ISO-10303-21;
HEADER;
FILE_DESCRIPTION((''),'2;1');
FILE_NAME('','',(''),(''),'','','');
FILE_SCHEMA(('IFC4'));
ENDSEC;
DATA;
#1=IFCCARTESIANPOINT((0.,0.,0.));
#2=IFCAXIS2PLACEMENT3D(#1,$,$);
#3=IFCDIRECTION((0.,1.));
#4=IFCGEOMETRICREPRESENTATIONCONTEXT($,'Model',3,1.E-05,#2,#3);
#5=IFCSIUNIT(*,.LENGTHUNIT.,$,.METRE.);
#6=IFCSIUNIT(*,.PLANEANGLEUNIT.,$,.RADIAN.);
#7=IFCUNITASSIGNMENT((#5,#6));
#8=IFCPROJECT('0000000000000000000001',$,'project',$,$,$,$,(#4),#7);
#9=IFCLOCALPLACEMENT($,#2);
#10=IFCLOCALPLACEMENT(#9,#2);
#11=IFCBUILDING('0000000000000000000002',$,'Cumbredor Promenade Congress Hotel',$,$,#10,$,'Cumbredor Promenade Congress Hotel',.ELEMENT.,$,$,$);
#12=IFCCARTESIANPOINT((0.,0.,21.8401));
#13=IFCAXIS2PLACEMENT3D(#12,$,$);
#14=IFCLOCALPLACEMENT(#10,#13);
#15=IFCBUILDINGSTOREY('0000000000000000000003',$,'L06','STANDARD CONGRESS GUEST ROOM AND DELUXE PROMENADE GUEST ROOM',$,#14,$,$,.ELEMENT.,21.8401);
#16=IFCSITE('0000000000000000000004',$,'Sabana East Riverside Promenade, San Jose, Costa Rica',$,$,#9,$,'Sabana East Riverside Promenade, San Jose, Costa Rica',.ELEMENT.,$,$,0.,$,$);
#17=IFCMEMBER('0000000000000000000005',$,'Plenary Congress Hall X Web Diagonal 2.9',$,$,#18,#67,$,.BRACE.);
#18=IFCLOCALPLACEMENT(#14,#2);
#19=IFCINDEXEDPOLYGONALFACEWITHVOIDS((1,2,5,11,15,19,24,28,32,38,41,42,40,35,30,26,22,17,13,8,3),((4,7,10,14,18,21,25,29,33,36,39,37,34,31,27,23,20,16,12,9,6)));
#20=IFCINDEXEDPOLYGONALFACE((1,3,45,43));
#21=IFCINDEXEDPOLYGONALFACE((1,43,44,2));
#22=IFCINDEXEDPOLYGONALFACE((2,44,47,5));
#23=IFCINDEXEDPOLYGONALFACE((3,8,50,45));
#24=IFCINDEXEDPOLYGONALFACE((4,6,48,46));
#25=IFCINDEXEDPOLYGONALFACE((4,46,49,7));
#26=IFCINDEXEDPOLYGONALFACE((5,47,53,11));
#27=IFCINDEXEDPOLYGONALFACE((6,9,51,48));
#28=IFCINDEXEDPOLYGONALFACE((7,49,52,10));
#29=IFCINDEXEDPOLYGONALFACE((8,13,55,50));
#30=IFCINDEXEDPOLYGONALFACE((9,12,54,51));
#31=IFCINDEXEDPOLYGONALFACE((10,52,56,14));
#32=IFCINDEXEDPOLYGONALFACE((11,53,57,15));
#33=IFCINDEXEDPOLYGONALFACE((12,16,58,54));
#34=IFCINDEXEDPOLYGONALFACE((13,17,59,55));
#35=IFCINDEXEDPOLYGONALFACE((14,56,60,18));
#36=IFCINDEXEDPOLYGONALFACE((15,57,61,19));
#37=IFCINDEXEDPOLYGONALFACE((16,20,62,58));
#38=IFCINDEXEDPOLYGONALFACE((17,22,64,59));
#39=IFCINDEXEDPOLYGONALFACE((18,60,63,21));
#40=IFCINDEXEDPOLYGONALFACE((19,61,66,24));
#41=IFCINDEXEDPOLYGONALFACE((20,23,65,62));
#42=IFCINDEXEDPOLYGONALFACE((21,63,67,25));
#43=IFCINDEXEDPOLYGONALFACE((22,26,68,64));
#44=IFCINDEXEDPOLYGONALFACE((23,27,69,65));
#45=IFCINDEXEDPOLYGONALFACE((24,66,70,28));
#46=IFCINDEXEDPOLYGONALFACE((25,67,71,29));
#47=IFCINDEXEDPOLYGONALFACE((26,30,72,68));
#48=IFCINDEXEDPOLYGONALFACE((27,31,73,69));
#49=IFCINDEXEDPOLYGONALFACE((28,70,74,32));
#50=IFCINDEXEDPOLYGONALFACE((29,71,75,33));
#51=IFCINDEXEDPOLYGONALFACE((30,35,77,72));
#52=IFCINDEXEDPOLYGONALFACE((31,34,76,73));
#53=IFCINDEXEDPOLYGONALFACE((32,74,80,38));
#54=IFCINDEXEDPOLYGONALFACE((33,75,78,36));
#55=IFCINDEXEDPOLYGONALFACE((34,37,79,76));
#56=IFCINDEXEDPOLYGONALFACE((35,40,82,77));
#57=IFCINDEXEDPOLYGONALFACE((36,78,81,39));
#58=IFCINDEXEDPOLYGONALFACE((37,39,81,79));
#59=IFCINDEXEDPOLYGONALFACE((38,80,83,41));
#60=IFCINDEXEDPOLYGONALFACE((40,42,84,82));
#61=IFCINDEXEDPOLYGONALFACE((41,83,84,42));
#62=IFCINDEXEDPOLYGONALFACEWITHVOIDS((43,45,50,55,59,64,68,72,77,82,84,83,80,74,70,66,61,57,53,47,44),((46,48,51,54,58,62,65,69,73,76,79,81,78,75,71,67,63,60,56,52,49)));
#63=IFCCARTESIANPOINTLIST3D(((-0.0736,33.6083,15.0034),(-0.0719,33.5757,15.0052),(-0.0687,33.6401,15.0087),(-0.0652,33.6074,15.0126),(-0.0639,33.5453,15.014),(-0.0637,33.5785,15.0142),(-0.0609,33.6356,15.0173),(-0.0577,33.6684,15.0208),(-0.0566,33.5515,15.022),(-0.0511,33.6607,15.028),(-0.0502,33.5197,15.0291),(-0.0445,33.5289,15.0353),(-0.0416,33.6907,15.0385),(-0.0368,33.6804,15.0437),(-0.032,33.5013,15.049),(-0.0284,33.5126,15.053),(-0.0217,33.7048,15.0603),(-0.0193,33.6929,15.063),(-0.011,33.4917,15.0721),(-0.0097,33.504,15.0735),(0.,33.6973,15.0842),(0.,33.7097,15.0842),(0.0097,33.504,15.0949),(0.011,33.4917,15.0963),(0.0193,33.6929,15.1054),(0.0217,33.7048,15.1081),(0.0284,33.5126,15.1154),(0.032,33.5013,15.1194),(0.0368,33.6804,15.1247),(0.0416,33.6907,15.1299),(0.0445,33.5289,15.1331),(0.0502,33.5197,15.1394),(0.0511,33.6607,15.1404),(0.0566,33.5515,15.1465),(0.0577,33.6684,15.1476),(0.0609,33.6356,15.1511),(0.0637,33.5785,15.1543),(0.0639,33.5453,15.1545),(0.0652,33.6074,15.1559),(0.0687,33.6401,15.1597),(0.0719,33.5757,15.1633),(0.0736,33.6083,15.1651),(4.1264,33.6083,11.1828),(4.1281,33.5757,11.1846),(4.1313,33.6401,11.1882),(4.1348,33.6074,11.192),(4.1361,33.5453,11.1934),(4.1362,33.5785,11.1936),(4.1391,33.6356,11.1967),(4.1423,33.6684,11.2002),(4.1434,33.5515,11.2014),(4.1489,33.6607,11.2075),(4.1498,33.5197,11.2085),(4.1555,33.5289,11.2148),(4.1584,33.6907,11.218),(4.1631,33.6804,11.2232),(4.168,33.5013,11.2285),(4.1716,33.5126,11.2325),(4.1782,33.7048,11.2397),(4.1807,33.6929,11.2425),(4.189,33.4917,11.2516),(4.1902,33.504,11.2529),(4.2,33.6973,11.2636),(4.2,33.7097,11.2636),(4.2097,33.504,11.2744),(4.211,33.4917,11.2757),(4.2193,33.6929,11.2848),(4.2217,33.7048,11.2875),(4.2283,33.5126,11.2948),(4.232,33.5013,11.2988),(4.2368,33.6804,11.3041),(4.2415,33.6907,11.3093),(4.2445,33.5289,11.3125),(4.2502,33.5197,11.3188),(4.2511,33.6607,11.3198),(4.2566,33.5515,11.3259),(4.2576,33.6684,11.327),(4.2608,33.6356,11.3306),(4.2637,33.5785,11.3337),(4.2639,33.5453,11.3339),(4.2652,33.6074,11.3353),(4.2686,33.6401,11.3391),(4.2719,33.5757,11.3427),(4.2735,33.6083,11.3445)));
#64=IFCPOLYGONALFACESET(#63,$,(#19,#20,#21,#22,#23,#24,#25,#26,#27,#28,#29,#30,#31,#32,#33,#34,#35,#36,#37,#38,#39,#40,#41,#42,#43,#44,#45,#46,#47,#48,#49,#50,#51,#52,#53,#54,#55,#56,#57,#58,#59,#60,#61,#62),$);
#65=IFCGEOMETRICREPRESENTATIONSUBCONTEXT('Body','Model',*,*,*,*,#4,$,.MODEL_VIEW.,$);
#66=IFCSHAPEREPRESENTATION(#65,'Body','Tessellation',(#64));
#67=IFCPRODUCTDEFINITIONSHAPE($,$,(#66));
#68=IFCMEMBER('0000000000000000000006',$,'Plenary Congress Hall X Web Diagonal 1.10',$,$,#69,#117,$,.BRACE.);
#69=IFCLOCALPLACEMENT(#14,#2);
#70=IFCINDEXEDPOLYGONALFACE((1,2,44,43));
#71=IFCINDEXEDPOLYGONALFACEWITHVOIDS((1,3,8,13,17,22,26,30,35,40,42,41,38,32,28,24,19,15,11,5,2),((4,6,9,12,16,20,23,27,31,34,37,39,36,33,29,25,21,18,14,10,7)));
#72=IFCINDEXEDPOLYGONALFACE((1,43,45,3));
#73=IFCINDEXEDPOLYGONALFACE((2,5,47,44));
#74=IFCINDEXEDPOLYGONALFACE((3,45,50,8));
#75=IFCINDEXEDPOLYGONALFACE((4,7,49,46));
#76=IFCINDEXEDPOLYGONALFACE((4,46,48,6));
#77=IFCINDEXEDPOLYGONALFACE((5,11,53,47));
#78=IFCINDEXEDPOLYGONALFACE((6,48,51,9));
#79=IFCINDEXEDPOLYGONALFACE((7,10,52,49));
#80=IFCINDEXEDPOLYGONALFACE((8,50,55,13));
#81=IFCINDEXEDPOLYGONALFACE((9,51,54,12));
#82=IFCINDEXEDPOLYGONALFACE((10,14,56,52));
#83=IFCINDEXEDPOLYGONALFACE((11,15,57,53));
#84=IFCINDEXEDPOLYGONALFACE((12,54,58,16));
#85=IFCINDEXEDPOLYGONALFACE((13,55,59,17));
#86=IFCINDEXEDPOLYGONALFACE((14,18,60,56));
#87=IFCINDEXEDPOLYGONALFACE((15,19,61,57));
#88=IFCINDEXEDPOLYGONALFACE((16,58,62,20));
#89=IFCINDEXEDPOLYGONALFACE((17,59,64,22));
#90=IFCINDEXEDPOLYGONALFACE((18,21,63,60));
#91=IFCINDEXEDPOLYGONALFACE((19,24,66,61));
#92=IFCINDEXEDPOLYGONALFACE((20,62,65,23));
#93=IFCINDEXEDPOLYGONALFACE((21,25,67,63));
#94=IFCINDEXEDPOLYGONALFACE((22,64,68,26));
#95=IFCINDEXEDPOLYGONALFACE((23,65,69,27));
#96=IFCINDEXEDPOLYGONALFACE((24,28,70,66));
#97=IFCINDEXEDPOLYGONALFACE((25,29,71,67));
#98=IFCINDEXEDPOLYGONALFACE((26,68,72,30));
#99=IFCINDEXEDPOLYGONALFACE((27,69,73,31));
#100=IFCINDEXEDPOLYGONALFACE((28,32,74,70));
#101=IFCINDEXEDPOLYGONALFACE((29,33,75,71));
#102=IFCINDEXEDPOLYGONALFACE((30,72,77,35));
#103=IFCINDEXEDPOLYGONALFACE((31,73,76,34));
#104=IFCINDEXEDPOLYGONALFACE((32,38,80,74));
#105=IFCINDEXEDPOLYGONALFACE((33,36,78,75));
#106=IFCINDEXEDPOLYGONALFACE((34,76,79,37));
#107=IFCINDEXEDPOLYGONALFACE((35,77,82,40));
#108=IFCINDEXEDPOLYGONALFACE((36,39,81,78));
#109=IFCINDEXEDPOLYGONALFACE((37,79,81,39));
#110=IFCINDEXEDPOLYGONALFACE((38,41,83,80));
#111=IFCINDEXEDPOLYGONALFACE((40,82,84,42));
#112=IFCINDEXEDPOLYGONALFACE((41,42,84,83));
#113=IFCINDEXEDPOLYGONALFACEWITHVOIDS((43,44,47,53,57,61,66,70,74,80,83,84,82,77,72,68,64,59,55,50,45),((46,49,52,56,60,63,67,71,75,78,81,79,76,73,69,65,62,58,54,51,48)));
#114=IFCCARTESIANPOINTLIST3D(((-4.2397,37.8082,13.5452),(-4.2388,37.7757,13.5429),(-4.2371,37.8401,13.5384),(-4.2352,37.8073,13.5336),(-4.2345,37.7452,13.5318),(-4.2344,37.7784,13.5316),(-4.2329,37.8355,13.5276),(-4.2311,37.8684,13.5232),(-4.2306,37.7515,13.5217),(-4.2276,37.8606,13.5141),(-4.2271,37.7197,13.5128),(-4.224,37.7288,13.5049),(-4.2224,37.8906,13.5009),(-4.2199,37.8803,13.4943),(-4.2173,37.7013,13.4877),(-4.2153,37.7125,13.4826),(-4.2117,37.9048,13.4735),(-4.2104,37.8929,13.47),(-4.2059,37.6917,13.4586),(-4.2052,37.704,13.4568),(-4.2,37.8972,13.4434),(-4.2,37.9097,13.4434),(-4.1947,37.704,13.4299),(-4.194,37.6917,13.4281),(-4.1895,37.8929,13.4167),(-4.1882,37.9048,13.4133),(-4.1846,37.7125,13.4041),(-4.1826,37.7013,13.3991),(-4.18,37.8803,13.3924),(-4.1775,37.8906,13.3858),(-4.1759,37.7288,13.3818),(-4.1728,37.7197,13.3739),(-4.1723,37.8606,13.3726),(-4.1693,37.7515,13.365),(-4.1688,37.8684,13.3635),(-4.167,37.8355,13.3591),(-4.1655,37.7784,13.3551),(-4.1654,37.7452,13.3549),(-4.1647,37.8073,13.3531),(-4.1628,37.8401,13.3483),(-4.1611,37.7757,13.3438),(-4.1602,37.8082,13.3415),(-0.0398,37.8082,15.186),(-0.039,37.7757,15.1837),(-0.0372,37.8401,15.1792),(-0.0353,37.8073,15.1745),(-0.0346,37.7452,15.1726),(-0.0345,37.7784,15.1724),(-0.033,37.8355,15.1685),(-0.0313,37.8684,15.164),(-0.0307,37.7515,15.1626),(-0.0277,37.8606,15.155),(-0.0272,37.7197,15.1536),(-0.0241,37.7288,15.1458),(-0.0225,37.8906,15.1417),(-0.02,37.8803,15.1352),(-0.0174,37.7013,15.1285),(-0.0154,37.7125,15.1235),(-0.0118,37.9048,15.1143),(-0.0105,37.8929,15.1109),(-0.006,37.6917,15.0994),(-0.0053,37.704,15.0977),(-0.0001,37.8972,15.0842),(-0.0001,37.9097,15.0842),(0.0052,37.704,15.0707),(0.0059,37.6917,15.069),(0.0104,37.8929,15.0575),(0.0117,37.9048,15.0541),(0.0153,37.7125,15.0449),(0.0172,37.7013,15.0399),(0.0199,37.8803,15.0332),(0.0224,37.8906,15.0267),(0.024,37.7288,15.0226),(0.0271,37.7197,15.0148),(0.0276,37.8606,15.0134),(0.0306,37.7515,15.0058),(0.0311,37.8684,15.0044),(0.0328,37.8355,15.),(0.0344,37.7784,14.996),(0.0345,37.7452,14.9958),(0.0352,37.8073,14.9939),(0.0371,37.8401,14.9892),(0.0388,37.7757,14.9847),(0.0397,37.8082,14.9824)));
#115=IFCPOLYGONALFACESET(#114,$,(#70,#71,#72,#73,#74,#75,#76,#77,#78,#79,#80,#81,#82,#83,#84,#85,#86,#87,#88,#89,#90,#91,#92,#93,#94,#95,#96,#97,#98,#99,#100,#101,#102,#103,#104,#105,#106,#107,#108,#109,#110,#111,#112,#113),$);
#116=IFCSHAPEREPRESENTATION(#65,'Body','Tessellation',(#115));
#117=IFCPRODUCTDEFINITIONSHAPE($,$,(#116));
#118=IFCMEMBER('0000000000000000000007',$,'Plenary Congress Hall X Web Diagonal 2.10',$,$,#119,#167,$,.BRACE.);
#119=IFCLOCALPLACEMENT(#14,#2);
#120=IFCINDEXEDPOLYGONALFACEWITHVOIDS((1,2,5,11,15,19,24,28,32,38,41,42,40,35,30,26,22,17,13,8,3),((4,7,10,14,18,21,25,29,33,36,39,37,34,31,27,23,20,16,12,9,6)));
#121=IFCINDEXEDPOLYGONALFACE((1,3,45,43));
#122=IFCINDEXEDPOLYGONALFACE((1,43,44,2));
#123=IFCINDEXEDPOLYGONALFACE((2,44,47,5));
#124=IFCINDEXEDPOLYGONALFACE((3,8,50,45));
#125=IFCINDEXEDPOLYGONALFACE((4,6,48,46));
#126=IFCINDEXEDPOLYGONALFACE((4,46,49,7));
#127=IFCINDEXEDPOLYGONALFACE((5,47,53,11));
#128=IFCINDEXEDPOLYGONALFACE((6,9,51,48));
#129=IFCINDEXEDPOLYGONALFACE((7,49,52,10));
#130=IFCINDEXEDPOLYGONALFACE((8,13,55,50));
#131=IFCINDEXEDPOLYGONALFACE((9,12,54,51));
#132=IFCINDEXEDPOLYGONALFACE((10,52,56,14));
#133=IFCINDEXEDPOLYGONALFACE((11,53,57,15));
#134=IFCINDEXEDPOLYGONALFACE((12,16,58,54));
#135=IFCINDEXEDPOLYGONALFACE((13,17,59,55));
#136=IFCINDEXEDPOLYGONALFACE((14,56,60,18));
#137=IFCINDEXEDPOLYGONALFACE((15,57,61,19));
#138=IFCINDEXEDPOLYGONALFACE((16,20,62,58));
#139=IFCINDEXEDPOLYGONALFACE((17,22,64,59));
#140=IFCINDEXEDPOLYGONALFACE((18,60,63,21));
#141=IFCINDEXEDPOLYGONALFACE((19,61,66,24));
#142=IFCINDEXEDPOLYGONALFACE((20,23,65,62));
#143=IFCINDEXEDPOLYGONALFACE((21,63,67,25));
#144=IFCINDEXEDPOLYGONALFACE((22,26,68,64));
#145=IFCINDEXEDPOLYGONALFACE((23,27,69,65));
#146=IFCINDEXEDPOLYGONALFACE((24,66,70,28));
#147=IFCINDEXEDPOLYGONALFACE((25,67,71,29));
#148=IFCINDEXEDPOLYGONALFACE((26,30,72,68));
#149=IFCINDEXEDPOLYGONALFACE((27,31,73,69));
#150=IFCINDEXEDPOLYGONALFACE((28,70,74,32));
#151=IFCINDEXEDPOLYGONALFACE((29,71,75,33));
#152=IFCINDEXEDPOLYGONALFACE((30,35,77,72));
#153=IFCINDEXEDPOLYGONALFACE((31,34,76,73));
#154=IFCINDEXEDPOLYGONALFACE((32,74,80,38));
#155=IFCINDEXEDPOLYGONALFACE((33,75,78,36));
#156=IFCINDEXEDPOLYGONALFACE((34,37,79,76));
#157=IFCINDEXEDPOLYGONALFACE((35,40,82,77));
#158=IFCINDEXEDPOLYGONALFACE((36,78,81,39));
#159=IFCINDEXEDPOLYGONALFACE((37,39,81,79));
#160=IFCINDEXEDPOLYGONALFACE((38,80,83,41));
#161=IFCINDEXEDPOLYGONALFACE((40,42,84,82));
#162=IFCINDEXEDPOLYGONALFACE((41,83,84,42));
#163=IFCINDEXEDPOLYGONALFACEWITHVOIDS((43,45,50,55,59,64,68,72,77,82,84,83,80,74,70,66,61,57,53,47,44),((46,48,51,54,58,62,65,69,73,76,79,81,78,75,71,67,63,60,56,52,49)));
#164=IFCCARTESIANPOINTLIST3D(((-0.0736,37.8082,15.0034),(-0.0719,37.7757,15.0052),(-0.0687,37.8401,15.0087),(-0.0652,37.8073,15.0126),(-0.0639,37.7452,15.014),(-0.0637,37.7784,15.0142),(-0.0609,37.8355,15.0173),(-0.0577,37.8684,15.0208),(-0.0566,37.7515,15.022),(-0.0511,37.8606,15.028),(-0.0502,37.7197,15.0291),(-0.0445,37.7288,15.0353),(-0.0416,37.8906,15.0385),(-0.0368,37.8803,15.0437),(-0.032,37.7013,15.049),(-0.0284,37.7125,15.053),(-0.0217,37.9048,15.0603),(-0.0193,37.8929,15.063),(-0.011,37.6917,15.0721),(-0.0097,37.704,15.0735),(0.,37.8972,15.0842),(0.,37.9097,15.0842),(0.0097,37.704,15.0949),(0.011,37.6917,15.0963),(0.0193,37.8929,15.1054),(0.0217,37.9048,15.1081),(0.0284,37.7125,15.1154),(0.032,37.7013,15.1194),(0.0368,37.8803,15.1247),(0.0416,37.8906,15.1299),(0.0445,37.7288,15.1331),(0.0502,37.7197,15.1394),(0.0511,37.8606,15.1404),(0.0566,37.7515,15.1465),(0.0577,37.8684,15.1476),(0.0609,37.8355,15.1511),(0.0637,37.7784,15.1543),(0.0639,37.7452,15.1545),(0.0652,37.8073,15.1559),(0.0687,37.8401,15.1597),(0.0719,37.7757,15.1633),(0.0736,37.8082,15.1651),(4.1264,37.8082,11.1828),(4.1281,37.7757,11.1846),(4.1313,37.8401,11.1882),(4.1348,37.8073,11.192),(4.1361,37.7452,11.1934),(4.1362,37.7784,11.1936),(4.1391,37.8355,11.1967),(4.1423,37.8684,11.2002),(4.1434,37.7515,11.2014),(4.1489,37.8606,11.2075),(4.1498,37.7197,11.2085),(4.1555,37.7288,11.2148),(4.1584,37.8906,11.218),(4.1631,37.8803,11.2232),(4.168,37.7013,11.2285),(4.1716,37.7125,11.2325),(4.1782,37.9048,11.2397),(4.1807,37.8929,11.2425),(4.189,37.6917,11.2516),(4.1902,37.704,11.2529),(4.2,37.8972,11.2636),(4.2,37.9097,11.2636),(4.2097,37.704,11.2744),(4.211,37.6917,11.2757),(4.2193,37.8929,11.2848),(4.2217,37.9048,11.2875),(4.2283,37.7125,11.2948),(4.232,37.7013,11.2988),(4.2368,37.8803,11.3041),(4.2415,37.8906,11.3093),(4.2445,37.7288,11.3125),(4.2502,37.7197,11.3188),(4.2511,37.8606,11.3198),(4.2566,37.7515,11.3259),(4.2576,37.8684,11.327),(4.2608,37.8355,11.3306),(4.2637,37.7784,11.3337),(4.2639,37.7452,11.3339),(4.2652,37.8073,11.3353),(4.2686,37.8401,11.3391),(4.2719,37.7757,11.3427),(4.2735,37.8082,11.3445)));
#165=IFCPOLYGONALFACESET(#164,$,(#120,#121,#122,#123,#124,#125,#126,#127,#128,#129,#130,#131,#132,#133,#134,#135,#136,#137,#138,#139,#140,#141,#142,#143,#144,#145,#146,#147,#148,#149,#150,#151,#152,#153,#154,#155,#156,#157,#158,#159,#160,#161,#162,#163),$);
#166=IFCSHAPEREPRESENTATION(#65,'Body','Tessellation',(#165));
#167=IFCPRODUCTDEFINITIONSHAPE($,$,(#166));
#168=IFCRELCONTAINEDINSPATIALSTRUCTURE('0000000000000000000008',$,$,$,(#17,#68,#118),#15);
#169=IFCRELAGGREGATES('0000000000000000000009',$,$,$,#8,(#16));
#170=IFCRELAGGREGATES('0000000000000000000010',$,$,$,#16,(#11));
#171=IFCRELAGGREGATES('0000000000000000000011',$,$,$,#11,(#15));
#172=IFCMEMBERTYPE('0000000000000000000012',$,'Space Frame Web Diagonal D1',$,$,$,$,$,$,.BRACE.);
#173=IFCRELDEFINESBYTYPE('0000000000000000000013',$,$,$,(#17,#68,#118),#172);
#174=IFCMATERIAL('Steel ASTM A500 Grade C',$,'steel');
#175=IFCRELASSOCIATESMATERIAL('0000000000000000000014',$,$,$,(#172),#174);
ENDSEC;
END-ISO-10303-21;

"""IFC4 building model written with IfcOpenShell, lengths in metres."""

from ifc_helpers import new_model, si_unit, direction, frame, origin, origin_2d, place, context, subcontext, project, spatial, hollow_circle, extrude, material, material_profile, profile_set, type_object, element, save


model = new_model("IFC4")

# Units and contexts
model_context = context("Model", 3, precision=1e-05, world=origin(), true_north=direction((0.0, 1.0)))
body_context = subcontext(model_context, "Body", "Model", "MODEL_VIEW")
ifc_project = project(units=[si_unit("LENGTHUNIT", "METRE"), si_unit("PLANEANGLEUNIT", "RADIAN")], contexts=[model_context])

# Site, building, storey
site_placement = place(None, origin())
site = spatial("IfcSite", under=ifc_project, at=site_placement, Name="Sabana East Riverside Promenade, San Jose, Costa Rica", LongName="Sabana East Riverside Promenade, San Jose, Costa Rica", CompositionType="ELEMENT", RefElevation=0.0)
building_placement = place(site_placement, origin())
building = spatial("IfcBuilding", under=site, at=building_placement, Name="Cumbredor Promenade Congress Hotel", LongName="Cumbredor Promenade Congress Hotel", CompositionType="ELEMENT")
storey_placement = place(building_placement, frame((0.0, 0.0, 21.8401)))
storey = spatial("IfcBuildingStorey", under=building, at=storey_placement, Name="L06", Description="STANDARD CONGRESS GUEST ROOM AND DELUXE PROMENADE GUEST ROOM", CompositionType="ELEMENT", Elevation=21.8401)

# Members
ifc_material_1 = material(Name="Steel ASTM A500 Grade C", Category="steel")
ifc_material_profile_1 = material_profile(ifc_material_1, hollow_circle(Radius=0.1096, WallThickness=0.0125, at=origin_2d()), Name="CHS 219.1x12.5")
ifc_profile_set_1 = profile_set([ifc_material_profile_1], Name="Steel ASTM A500 Grade C")
member_type_1 = type_object("IfcMemberType", Name="Space Frame Web Diagonal D1", PredefinedType="BRACE", material=ifc_profile_set_1)
member_1_placement = place(storey_placement, frame((0.0, 33.6001, 15.0842), z_axis=(0.739728, 0.0, -0.672906), x_axis=(0.0, 1.0, 0.0)))
element("IfcMember", 1, at=member_1_placement, inside=storey, type_object=member_type_1, Name="Plenary Congress Hall X Web Diagonal 2.9", PredefinedType="BRACE", context=body_context, shape_type="SweptSolid", body=[
    extrude(hollow_circle(Radius=0.1096, WallThickness=0.0125, at=origin_2d()), origin(), (0.0, 0.0, 1.0), 5.6777),
])
member_2_placement = place(storey_placement, frame((-4.2, 37.8, 13.4434), z_axis=(0.931438, 0.0, 0.363901), x_axis=(0.0, 1.0, 0.0)))
element("IfcMember", 2, at=member_2_placement, inside=storey, type_object=member_type_1, Name="Plenary Congress Hall X Web Diagonal 1.10", PredefinedType="BRACE", context=body_context, shape_type="SweptSolid", body=[
    extrude(hollow_circle(Radius=0.1096, WallThickness=0.0125, at=origin_2d()), origin(), (0.0, 0.0, 1.0), 4.509),
])
member_3_placement = place(storey_placement, frame((0.0, 37.8, 15.0842), z_axis=(0.739728, 0.0, -0.672906), x_axis=(0.0, 1.0, 0.0)))
element("IfcMember", 3, at=member_3_placement, inside=storey, type_object=member_type_1, Name="Plenary Congress Hall X Web Diagonal 2.10", PredefinedType="BRACE", context=body_context, shape_type="SweptSolid", body=[
    extrude(hollow_circle(Radius=0.1096, WallThickness=0.0125, at=origin_2d()), origin(), (0.0, 0.0, 1.0), 5.6777),
])

save(model, "model.ifc")
